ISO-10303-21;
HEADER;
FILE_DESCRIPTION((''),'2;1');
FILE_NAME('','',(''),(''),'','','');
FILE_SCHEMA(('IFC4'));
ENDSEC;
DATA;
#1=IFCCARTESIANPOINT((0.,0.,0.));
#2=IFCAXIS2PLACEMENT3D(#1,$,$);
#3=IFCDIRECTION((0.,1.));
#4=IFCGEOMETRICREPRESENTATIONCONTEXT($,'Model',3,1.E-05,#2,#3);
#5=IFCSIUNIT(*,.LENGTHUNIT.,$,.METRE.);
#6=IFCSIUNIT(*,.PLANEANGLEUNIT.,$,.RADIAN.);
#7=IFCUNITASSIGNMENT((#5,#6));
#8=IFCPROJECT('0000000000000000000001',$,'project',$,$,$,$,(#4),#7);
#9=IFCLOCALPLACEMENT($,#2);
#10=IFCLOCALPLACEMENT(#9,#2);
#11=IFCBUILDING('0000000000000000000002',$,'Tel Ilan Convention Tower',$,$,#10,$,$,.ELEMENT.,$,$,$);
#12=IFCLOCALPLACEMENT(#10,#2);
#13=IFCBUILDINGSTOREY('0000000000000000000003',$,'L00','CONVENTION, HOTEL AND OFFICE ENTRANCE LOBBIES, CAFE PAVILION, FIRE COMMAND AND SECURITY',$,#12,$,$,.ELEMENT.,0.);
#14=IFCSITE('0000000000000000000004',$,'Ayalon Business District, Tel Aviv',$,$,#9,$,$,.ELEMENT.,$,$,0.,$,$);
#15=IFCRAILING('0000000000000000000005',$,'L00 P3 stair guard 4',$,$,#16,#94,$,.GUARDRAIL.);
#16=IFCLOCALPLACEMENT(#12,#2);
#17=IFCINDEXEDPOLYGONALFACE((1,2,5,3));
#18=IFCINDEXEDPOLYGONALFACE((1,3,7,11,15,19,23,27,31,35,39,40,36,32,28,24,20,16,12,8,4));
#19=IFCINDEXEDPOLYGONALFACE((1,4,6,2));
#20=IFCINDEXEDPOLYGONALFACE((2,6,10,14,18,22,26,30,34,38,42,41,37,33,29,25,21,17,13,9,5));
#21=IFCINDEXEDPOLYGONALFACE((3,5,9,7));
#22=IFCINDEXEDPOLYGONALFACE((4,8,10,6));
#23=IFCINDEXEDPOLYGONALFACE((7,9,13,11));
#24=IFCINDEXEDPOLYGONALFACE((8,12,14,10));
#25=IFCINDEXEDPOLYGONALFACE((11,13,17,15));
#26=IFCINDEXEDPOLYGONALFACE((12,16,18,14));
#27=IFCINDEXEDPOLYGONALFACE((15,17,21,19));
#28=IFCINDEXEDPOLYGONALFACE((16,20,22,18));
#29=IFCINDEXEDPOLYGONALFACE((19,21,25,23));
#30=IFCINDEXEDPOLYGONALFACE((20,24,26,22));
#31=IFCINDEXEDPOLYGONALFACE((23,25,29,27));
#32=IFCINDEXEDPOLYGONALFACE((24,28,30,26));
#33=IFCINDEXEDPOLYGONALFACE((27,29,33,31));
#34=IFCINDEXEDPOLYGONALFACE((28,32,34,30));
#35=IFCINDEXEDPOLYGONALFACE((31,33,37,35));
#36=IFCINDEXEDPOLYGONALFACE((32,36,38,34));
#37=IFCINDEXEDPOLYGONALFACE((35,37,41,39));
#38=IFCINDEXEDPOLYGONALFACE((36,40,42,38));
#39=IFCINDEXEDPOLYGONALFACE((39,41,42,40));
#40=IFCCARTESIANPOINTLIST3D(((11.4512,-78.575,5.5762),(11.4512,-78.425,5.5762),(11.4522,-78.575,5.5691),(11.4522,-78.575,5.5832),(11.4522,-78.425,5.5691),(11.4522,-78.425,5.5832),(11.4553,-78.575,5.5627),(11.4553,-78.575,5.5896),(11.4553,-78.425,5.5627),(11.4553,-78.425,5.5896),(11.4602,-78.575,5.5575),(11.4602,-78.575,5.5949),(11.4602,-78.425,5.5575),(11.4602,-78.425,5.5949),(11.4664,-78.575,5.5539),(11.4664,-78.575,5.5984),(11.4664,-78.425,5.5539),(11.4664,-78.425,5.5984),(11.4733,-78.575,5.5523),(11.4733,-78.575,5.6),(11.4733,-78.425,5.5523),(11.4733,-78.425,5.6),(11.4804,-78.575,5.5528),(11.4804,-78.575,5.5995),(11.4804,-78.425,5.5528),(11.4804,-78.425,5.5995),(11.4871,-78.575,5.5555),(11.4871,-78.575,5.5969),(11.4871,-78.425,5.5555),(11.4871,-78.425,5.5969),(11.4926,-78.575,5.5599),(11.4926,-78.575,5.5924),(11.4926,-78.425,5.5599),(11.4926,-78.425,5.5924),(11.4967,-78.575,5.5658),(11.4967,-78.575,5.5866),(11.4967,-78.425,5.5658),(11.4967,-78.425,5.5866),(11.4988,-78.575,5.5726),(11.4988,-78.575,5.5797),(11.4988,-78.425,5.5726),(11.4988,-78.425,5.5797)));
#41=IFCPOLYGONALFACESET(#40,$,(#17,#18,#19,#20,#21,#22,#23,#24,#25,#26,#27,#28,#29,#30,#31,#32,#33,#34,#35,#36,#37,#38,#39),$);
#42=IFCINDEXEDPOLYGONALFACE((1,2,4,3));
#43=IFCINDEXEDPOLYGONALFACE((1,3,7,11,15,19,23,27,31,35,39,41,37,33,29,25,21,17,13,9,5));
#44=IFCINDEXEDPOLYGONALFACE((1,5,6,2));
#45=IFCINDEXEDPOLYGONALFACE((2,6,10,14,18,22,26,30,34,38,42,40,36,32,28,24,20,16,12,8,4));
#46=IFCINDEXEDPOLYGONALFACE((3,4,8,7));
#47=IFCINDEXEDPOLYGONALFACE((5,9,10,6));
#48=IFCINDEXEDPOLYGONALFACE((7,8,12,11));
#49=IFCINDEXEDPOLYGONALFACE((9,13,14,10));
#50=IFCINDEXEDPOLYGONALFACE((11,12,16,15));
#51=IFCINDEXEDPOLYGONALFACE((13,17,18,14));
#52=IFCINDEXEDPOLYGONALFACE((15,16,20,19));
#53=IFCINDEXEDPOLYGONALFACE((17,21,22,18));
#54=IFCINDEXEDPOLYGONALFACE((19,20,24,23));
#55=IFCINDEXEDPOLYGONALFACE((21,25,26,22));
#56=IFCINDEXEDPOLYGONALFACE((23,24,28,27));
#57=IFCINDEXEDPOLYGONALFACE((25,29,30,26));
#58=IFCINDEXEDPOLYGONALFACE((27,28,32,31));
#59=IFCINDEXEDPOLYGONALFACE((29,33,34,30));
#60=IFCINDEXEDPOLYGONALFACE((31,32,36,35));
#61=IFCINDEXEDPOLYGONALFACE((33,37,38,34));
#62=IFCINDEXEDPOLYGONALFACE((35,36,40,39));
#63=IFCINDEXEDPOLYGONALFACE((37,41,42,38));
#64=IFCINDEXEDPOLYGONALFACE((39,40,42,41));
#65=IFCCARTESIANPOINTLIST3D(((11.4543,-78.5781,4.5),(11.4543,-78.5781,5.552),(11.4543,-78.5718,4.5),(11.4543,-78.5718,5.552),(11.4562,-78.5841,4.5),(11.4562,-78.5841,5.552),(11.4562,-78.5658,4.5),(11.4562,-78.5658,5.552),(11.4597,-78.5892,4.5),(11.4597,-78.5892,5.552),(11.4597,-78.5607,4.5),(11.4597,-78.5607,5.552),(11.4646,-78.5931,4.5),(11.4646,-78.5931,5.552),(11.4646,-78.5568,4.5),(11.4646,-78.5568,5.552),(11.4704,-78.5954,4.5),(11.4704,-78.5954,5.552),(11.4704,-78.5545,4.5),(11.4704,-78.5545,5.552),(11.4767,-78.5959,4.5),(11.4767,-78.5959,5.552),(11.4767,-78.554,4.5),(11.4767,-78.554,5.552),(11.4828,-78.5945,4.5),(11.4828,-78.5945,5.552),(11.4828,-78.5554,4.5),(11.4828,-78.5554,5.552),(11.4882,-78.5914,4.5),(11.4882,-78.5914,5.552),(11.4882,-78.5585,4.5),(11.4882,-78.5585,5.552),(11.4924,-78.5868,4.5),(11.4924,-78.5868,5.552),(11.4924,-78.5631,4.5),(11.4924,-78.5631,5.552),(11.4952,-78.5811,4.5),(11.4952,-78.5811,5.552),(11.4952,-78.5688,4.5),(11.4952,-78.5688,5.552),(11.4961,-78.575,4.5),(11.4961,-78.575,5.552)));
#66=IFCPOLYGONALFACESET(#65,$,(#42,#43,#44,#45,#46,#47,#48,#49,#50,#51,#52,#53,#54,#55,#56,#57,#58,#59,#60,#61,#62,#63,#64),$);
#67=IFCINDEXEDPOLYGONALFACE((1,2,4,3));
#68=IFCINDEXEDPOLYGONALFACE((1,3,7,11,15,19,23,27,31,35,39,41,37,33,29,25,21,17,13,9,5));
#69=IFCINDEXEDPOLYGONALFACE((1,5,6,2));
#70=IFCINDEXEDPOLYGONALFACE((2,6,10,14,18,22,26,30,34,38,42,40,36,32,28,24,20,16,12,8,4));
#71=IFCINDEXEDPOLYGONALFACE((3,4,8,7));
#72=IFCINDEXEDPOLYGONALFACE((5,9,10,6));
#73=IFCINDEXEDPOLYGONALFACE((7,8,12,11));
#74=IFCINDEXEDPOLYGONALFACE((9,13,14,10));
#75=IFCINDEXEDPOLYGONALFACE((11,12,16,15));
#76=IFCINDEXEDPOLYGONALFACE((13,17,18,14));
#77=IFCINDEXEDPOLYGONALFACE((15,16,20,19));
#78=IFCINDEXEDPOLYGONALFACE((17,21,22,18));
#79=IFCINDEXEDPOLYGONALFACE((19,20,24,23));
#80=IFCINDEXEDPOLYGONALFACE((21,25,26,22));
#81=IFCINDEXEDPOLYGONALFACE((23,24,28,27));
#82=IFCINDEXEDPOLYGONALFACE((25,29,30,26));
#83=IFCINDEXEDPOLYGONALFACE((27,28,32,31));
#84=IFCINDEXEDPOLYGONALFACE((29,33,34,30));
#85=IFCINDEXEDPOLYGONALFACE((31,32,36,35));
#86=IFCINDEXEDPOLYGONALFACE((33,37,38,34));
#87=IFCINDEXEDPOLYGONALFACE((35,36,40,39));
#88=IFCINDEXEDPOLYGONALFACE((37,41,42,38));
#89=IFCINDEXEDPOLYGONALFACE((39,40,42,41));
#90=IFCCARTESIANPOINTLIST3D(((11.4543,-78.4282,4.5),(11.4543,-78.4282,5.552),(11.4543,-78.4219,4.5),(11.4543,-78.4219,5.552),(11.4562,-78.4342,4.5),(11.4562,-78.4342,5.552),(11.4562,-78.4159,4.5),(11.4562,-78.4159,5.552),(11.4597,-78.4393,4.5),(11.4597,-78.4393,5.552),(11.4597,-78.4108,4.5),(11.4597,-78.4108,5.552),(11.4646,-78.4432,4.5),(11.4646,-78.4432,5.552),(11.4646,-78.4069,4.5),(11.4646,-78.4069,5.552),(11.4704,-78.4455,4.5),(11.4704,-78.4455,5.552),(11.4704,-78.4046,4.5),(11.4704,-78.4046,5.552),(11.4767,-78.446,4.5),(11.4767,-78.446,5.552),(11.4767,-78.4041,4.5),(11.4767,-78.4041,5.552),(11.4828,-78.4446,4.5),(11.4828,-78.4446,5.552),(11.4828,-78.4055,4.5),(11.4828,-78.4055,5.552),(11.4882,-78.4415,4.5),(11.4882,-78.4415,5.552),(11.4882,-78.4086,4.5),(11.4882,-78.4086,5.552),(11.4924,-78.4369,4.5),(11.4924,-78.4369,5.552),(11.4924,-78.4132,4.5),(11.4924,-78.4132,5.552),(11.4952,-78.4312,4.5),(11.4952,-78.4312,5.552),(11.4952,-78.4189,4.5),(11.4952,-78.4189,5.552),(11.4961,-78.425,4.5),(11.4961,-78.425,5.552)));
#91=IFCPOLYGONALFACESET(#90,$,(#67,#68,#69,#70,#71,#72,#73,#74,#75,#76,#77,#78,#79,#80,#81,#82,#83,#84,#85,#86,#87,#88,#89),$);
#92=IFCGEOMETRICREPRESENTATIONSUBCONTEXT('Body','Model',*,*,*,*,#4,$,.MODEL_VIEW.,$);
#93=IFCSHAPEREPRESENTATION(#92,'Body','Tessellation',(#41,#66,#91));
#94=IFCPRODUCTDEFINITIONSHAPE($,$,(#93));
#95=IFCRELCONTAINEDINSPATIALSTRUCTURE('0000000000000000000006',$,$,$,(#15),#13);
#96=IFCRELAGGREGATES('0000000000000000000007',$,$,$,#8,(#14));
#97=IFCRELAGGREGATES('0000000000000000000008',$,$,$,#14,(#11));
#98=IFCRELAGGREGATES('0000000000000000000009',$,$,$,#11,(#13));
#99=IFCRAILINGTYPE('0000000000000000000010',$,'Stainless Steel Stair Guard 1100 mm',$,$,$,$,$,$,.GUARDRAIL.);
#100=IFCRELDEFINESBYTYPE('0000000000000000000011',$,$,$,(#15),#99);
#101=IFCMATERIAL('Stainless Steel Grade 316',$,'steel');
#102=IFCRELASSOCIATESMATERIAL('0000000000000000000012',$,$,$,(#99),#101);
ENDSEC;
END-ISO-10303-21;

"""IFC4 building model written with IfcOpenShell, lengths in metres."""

from ifc_helpers import new_model, si_unit, direction, frame, origin, origin_2d, place, context, subcontext, project, spatial, circle, extrude, material, type_object, element, save


model = new_model("IFC4")

# Units and contexts
model_context = context("Model", 3, precision=1e-05, world=origin(), true_north=direction((0.0, 1.0)))
body_context = subcontext(model_context, "Body", "Model", "MODEL_VIEW")
ifc_project = project(units=[si_unit("LENGTHUNIT", "METRE"), si_unit("PLANEANGLEUNIT", "RADIAN")], contexts=[model_context])

# Site, building, storey
site_placement = place(None, origin())
site = spatial("IfcSite", under=ifc_project, at=site_placement, Name="Ayalon Business District, Tel Aviv", CompositionType="ELEMENT", RefElevation=0.0)
building_placement = place(site_placement, origin())
building = spatial("IfcBuilding", under=site, at=building_placement, Name="Tel Ilan Convention Tower", CompositionType="ELEMENT")
storey_placement = place(building_placement, origin())
storey = spatial("IfcBuildingStorey", under=building, at=storey_placement, Name="L00", Description="CONVENTION, HOTEL AND OFFICE ENTRANCE LOBBIES, CAFE PAVILION, FIRE COMMAND AND SECURITY", CompositionType="ELEMENT", Elevation=0.0)

# Railing
ifc_material_1 = material(Name="Stainless Steel Grade 316", Category="steel")
railing_type_1 = type_object("IfcRailingType", Name="Stainless Steel Stair Guard 1100 mm", PredefinedType="GUARDRAIL", material=ifc_material_1)
railing_1_placement = place(storey_placement, frame((11.4751, -78.575, 4.5)))
element("IfcRailing", 1, at=railing_1_placement, inside=storey, type_object=railing_type_1, Name="L00 P3 stair guard 4", PredefinedType="GUARDRAIL", context=body_context, shape_type="SweptSolid", body=[
    extrude(circle(Radius=0.0239, at=origin_2d()), frame((0.0, 0.0, 1.0762), z_axis=(0.0, 1.0, 0.0), x_axis=(-1.0, 0.0, 0.0)), (0.0, 0.0, 1.0), 0.1499),
    extrude(circle(Radius=0.021, at=origin_2d()), origin(), (0.0, 0.0, 1.0), 1.052),
    extrude(circle(Radius=0.021, at=origin_2d()), frame((0.0, 0.1499, 0.0)), (0.0, 0.0, 1.0), 1.052),
])

save(model, "model.ifc")
